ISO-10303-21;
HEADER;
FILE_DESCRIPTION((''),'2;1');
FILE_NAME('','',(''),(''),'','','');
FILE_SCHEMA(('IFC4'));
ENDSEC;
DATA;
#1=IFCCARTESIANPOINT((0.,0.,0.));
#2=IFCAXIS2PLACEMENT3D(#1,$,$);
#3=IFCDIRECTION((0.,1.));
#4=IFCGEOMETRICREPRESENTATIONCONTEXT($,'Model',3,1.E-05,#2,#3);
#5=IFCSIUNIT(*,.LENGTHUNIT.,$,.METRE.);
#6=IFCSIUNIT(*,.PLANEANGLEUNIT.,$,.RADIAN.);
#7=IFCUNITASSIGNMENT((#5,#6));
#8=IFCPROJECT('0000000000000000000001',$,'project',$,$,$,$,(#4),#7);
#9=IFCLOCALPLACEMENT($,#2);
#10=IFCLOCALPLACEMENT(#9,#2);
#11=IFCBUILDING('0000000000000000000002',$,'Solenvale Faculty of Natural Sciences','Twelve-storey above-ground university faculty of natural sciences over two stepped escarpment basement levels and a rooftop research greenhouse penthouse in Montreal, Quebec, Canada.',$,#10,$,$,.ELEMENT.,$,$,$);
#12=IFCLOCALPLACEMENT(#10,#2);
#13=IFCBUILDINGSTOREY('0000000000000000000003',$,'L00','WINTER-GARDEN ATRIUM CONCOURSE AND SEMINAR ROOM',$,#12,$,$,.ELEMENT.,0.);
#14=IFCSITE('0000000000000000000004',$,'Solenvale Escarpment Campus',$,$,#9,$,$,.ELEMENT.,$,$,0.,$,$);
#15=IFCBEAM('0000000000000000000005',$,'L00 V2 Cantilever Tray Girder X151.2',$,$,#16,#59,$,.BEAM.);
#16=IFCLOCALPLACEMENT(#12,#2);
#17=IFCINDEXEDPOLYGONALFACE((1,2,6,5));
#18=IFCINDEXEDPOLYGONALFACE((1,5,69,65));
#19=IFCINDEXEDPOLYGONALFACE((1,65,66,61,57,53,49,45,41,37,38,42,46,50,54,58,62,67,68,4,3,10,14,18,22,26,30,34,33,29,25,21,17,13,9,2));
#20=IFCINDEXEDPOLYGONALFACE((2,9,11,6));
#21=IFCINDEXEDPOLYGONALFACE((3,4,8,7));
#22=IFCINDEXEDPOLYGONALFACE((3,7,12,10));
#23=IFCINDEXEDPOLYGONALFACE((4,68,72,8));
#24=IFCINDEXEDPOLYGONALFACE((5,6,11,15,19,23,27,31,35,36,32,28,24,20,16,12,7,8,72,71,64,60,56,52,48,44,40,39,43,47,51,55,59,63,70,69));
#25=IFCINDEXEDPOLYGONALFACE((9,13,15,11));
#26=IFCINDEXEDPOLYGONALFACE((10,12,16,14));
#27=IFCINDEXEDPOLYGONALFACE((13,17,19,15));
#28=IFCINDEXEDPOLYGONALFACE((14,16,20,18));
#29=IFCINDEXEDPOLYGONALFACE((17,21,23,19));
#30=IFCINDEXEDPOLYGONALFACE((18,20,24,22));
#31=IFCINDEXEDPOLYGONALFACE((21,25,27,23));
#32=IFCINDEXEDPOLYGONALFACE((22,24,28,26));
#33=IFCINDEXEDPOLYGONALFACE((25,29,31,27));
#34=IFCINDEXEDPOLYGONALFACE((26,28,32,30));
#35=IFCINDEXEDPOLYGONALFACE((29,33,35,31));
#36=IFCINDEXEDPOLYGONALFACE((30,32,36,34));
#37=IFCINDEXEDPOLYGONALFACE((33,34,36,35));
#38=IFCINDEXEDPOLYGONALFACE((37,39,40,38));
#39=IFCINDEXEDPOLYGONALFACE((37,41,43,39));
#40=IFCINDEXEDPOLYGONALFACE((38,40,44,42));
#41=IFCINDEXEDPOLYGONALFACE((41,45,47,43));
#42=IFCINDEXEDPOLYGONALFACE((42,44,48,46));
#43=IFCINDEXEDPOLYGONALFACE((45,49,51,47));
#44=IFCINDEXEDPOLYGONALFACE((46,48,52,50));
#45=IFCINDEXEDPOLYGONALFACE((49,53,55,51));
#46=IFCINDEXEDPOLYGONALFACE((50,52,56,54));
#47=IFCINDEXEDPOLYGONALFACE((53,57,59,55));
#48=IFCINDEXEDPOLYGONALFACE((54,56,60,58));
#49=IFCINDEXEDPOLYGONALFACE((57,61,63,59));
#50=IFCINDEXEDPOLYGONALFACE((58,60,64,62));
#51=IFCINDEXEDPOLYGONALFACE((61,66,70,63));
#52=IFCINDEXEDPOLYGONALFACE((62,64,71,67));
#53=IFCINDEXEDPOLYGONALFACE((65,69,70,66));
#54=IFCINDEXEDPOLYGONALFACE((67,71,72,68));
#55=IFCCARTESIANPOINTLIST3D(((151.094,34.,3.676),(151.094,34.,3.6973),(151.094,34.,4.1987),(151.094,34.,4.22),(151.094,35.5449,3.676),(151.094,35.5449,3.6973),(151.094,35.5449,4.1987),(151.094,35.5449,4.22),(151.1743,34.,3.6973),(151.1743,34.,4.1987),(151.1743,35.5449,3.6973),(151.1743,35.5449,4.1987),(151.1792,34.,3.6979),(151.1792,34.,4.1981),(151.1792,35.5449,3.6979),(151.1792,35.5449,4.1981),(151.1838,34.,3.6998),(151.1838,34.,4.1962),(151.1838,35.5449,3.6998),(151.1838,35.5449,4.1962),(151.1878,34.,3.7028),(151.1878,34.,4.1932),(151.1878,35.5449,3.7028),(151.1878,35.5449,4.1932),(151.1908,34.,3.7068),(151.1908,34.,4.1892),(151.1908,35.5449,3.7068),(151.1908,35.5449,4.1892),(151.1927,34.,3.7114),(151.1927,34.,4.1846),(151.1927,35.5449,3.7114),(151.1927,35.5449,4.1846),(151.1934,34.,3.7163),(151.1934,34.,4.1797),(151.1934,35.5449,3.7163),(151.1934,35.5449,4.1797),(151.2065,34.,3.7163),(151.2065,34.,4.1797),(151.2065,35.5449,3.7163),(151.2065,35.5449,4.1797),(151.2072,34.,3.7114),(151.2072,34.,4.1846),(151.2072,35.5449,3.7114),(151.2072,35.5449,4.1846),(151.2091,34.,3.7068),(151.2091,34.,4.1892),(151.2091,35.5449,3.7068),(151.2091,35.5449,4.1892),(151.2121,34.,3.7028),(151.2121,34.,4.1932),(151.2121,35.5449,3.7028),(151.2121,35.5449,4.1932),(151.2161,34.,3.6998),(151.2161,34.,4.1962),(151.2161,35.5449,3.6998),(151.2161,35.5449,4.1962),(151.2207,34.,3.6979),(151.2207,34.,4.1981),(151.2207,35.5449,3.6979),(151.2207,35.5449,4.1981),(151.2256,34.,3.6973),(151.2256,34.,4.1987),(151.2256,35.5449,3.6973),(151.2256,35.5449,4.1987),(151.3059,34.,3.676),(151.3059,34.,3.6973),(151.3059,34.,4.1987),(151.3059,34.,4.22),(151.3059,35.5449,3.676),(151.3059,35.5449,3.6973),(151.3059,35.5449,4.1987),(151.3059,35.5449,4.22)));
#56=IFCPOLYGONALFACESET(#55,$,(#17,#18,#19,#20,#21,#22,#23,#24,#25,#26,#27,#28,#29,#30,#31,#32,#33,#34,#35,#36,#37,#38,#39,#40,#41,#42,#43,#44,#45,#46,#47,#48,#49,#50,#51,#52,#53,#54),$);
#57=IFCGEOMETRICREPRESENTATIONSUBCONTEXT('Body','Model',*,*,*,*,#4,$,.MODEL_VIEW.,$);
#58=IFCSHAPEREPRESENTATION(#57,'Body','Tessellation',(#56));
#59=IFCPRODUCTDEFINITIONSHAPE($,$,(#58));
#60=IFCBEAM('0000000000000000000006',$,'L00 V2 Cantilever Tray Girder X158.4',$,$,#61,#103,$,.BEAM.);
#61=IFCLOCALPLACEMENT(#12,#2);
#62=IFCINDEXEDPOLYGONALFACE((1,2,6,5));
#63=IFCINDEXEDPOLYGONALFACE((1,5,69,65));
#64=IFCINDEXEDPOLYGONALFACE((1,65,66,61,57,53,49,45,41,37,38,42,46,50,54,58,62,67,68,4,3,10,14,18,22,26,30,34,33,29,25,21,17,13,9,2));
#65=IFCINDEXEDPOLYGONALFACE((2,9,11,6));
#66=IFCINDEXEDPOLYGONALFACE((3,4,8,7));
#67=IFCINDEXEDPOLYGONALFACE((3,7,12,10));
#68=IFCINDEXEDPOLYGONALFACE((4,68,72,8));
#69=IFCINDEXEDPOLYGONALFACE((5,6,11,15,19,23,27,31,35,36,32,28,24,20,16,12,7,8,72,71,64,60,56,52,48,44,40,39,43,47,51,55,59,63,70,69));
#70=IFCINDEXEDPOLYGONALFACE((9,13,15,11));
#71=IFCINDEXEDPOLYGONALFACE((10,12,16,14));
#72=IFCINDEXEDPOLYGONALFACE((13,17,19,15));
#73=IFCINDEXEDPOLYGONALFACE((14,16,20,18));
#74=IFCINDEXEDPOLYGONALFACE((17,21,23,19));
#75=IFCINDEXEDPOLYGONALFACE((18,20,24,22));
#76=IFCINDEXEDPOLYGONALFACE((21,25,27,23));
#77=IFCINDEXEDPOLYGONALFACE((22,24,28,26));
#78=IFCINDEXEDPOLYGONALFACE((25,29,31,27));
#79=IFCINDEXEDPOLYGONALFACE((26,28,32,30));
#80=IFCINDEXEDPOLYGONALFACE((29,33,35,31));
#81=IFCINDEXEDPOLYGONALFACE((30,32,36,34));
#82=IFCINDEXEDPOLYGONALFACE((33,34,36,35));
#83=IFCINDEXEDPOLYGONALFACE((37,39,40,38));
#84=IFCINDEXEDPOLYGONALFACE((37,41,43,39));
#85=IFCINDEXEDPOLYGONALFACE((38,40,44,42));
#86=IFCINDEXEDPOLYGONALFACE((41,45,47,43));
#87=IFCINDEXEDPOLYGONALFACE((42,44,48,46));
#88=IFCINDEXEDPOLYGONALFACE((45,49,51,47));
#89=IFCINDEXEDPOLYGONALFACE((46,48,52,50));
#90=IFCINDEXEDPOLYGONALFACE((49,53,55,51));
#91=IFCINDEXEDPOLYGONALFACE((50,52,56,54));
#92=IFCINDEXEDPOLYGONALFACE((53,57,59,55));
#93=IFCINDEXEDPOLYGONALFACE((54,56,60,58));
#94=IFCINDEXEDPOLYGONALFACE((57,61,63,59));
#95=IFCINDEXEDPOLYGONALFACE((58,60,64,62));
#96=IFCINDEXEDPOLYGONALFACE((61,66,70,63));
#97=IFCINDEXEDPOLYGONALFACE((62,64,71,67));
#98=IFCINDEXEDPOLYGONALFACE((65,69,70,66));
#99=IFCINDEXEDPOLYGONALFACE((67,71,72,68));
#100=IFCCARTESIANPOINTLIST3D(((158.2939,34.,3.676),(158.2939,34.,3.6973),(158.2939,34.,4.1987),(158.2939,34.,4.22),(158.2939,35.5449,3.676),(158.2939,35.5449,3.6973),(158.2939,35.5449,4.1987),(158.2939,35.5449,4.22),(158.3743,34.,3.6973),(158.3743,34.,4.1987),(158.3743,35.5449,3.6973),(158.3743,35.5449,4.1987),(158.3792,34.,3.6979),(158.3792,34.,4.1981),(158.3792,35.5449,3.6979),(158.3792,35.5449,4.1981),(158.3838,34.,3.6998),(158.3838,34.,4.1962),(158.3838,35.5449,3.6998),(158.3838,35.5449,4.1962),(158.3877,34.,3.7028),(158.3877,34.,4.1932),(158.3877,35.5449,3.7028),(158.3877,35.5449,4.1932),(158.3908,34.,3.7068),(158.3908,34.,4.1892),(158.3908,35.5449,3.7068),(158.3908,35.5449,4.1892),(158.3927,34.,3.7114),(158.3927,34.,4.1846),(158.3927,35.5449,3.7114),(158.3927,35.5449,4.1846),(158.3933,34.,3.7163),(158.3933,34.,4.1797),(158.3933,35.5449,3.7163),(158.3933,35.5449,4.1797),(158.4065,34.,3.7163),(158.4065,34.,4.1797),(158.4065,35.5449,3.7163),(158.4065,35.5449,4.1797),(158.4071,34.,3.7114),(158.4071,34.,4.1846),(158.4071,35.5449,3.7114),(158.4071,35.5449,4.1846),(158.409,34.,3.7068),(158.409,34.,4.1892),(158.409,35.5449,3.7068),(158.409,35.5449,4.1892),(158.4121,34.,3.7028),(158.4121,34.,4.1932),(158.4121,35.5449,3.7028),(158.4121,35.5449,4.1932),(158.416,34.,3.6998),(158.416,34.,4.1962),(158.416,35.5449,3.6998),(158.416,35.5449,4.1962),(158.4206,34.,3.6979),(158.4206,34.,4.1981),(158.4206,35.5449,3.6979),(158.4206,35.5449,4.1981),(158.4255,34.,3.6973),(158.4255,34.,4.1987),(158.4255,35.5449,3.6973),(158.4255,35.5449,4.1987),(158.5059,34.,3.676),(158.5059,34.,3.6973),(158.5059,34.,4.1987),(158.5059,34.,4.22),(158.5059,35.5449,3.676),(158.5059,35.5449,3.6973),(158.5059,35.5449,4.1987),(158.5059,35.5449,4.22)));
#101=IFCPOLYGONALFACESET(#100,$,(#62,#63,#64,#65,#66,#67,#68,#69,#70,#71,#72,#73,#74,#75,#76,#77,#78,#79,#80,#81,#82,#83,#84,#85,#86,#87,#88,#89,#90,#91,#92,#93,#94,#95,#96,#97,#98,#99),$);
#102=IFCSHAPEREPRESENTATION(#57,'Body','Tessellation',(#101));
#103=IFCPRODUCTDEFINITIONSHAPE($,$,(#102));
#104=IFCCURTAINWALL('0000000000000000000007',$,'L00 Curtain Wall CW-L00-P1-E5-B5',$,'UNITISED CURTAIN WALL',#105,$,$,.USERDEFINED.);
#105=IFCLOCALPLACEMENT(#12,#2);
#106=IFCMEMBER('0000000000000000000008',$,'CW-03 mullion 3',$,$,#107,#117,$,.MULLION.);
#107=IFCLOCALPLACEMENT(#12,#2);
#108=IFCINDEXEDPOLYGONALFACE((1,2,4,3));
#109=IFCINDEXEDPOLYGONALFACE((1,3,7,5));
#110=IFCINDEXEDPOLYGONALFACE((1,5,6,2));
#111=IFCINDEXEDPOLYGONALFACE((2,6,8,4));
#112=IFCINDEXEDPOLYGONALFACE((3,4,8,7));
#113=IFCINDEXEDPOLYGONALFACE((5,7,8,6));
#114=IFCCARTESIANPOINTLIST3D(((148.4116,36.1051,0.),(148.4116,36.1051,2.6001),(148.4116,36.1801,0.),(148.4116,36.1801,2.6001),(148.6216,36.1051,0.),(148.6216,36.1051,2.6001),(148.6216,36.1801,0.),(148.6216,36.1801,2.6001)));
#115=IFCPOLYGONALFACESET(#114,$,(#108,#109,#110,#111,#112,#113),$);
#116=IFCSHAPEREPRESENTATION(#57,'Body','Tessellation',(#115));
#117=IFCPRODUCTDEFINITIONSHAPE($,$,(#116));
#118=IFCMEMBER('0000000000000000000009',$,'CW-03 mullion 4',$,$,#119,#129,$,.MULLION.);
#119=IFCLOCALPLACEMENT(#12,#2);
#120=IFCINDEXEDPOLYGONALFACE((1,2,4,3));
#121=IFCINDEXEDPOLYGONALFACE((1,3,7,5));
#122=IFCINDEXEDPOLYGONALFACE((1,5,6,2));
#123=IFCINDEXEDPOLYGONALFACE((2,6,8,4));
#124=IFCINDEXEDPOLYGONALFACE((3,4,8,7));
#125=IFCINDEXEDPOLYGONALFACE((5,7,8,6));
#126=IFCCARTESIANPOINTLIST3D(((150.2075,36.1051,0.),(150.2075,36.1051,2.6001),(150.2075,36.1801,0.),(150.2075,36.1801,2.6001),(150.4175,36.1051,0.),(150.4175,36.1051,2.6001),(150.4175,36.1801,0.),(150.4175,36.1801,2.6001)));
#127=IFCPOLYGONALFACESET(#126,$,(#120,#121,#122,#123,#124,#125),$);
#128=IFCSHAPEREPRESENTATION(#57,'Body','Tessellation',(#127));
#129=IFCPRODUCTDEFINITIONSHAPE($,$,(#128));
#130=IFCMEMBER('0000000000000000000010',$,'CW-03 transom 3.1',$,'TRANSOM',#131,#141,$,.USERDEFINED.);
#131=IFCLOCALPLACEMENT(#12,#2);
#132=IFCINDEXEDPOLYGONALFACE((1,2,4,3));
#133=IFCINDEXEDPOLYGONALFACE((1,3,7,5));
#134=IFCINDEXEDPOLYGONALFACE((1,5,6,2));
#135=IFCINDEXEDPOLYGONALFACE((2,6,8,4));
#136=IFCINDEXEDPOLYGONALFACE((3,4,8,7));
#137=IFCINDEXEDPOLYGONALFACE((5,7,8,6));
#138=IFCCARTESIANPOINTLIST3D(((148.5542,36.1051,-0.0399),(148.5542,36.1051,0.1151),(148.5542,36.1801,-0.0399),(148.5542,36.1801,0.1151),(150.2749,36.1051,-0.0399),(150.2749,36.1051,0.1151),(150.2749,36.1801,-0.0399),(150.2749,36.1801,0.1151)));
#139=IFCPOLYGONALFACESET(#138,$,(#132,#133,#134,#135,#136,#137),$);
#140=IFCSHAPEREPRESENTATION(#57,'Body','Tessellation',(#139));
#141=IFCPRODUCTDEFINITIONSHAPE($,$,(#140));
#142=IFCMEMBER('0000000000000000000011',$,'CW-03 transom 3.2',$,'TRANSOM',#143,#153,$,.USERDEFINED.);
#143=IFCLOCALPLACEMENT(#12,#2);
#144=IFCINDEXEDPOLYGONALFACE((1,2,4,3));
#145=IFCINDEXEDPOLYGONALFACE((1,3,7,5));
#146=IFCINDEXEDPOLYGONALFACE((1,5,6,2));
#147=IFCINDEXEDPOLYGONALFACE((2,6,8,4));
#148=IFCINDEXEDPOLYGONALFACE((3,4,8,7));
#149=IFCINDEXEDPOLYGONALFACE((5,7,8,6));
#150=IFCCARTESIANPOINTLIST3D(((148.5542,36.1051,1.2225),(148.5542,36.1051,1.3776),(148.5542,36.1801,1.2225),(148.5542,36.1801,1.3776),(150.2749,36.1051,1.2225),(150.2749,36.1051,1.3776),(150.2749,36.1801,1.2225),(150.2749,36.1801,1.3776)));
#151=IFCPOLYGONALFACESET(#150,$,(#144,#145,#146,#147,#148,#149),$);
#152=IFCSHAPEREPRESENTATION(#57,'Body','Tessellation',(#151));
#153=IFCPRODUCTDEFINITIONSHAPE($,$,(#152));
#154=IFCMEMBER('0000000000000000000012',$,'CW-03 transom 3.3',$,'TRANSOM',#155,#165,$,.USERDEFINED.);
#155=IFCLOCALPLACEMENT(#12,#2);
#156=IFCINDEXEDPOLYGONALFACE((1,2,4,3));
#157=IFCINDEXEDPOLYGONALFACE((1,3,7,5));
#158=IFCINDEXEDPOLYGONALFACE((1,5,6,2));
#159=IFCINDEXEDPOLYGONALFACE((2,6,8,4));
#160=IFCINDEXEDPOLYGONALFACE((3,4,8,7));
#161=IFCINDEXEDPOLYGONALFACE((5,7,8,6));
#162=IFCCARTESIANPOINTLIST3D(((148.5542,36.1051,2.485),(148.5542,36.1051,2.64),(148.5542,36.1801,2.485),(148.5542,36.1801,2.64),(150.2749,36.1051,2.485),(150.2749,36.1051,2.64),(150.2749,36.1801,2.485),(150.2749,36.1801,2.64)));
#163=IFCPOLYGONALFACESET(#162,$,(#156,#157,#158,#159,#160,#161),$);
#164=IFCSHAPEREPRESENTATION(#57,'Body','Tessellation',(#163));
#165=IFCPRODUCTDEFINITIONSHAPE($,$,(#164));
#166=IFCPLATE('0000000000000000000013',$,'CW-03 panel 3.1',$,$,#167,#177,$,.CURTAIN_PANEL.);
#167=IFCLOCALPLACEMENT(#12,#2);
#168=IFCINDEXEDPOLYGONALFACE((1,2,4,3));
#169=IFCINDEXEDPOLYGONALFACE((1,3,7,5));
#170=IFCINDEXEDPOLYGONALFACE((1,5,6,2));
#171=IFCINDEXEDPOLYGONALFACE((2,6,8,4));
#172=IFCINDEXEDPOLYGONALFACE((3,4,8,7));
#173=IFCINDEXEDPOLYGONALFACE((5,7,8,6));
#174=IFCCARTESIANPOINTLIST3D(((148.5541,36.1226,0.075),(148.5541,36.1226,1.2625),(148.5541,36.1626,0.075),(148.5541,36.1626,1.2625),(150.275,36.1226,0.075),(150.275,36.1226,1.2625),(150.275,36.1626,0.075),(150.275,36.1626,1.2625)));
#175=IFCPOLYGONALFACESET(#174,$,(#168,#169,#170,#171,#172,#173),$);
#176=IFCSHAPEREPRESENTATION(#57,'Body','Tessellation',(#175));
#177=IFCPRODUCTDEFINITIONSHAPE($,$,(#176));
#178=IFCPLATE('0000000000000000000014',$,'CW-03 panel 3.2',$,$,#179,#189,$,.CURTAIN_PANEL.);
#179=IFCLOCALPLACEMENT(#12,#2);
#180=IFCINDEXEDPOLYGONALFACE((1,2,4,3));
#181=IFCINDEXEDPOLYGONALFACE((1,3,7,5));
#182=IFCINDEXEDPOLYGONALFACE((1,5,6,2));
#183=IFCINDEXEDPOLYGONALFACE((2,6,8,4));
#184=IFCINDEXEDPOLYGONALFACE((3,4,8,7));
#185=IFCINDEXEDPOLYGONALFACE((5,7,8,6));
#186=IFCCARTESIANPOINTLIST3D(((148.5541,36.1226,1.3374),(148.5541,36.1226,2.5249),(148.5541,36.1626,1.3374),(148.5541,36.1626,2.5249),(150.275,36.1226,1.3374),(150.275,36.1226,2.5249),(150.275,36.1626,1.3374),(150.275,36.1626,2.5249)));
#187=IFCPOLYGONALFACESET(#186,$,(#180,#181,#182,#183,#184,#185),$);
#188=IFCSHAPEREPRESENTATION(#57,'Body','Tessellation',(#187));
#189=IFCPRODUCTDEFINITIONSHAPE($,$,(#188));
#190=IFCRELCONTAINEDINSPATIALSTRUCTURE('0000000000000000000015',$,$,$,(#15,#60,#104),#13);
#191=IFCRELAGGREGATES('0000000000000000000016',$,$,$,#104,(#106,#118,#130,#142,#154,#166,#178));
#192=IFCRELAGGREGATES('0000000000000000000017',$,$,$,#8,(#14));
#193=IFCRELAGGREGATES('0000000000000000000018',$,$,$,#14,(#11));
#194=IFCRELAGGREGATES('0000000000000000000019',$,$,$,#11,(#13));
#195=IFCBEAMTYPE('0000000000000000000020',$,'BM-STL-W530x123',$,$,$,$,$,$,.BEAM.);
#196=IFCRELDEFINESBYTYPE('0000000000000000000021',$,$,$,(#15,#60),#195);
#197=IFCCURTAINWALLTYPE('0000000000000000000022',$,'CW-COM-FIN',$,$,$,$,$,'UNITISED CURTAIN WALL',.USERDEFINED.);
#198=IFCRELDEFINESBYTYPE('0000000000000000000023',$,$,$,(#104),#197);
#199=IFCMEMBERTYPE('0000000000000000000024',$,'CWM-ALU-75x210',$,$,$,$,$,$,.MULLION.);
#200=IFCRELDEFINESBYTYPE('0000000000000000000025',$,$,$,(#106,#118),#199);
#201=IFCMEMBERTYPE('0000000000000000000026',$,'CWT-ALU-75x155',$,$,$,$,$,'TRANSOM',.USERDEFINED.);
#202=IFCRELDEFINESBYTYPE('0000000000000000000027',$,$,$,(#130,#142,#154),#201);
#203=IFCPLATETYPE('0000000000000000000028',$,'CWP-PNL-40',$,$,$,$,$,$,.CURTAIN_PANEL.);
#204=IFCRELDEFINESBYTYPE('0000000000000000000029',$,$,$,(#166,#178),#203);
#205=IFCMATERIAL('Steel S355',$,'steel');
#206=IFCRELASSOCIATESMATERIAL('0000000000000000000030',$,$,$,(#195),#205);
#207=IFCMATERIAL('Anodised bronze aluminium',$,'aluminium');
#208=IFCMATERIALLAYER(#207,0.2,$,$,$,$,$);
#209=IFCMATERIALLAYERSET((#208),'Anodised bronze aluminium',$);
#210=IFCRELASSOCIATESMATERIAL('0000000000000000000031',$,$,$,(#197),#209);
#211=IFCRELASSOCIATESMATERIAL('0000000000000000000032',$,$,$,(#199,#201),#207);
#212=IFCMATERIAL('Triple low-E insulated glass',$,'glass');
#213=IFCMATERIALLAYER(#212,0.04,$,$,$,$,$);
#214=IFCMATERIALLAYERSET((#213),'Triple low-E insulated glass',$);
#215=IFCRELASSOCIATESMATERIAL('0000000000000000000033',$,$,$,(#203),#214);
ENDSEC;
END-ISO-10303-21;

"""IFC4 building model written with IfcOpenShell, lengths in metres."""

from ifc_helpers import new_model, si_unit, direction, frame, origin, origin_2d, place, context, subcontext, project, spatial, rectangle, i_section, extrude, material, layer, layer_set, material_profile, profile_set, type_object, element, aggregate, save


model = new_model("IFC4")

# Units and contexts
model_context = context("Model", 3, precision=1e-05, world=origin(), true_north=direction((0.0, 1.0)))
body_context = subcontext(model_context, "Body", "Model", "MODEL_VIEW")
ifc_project = project(units=[si_unit("LENGTHUNIT", "METRE"), si_unit("PLANEANGLEUNIT", "RADIAN")], contexts=[model_context])

# Site, building, storey
site_placement = place(None, origin())
site = spatial("IfcSite", under=ifc_project, at=site_placement, Name="Solenvale Escarpment Campus", CompositionType="ELEMENT", RefElevation=0.0)
building_placement = place(site_placement, origin())
building = spatial("IfcBuilding", under=site, at=building_placement, Name="Solenvale Faculty of Natural Sciences", Description="Twelve-storey above-ground university faculty of natural sciences over two stepped escarpment basement levels and a rooftop research greenhouse penthouse in Montreal, Quebec, Canada.", CompositionType="ELEMENT")
storey_placement = place(building_placement, origin())
storey = spatial("IfcBuildingStorey", under=building, at=storey_placement, Name="L00", Description="WINTER-GARDEN ATRIUM CONCOURSE AND SEMINAR ROOM", CompositionType="ELEMENT", Elevation=0.0)

# Beams
ifc_material_1 = material(Name="Steel S355", Category="steel")
ifc_material_profile_1 = material_profile(ifc_material_1, i_section(OverallWidth=0.2119, OverallDepth=0.5439, WebThickness=0.0132, FlangeThickness=0.0212, FilletRadius=0.019, at=origin_2d()), Name="W530x123")
ifc_profile_set_1 = profile_set([ifc_material_profile_1], Name="Steel S355")
beam_type_1 = type_object("IfcBeamType", Name="BM-STL-W530x123", PredefinedType="BEAM", material=ifc_profile_set_1)
for number, where, z_axis, x_axis, name in (
    (1, (151.2, 35.5449, 3.948), (0.0, -1.0, 0.0), (1.0, 0.0, 0.0), "L00 V2 Cantilever Tray Girder X151.2"),
    (2, (158.3999, 35.5449, 3.948), (0.0, -1.0, 0.0), (1.0, 0.0, 0.0), "L00 V2 Cantilever Tray Girder X158.4"),
):
    element("IfcBeam", number, at=place(storey_placement, frame(where, z_axis=z_axis, x_axis=x_axis)), inside=storey, type_object=beam_type_1, Name=name, PredefinedType="BEAM", context=body_context, shape_type="SweptSolid", body=[
        extrude(i_section(OverallWidth=0.2119, OverallDepth=0.5439, WebThickness=0.0132, FlangeThickness=0.0212, FilletRadius=0.019, at=origin_2d()), origin(), (0.0, 0.0, 1.0), 1.5449),
    ])

# Curtain wall, members, plates
ifc_material_2 = material(Name="Anodised bronze aluminium", Category="aluminium")
ifc_layer_1 = layer(ifc_material_2, 0.2)
ifc_layer_set_1 = layer_set([ifc_layer_1], Name="Anodised bronze aluminium")
curtain_wall_type = type_object("IfcCurtainWallType", Name="CW-COM-FIN", ElementType="UNITISED CURTAIN WALL", PredefinedType="USERDEFINED", material=ifc_layer_set_1)
curtain_wall_placement = place(storey_placement, origin())
curtain_wall = element("IfcCurtainWall", 3, at=curtain_wall_placement, inside=storey, type_object=curtain_wall_type, Name="L00 Curtain Wall CW-L00-P1-E5-B5", ObjectType="UNITISED CURTAIN WALL", PredefinedType="USERDEFINED")
ifc_material_profile_2 = material_profile(ifc_material_2, rectangle(XDim=0.075, YDim=0.21, at=origin_2d()), Name="ALU-MUL-75x210")
ifc_profile_set_2 = profile_set([ifc_material_profile_2], Name="Anodised bronze aluminium")
member_type_1 = type_object("IfcMemberType", Name="CWM-ALU-75x210", PredefinedType="MULLION", material=ifc_profile_set_2)
member_1_placement = place(storey_placement, frame((148.5166, 36.1426, 0.0), z_axis=(0.0, 0.0, 1.0), x_axis=(0.0, 1.0, 0.0)))
member_1 = element("IfcMember", 4, at=member_1_placement, type_object=member_type_1, Name="CW-03 mullion 3", PredefinedType="MULLION", context=body_context, shape_type="SweptSolid", body=[
    extrude(rectangle(XDim=0.075, YDim=0.21, at=origin_2d()), origin(), (0.0, 0.0, 1.0), 2.6001),
])
member_2_placement = place(storey_placement, frame((150.3125, 36.1426, 0.0), z_axis=(0.0, 0.0, 1.0), x_axis=(0.0, 1.0, 0.0)))
member_2 = element("IfcMember", 5, at=member_2_placement, type_object=member_type_1, Name="CW-03 mullion 4", PredefinedType="MULLION", context=body_context, shape_type="SweptSolid", body=[
    extrude(rectangle(XDim=0.075, YDim=0.21, at=origin_2d()), origin(), (0.0, 0.0, 1.0), 2.6001),
])
ifc_material_profile_3 = material_profile(ifc_material_2, rectangle(XDim=0.075, YDim=0.155, at=origin_2d()), Name="ALU-TRN-75x155")
ifc_profile_set_3 = profile_set([ifc_material_profile_3], Name="Anodised bronze aluminium")
member_type_2 = type_object("IfcMemberType", Name="CWT-ALU-75x155", ElementType="TRANSOM", PredefinedType="USERDEFINED", material=ifc_profile_set_3)
member_3_placement = place(storey_placement, frame((148.5542, 36.1426, 0.0376), z_axis=(1.0, 0.0, 0.0), x_axis=(0.0, 1.0, 0.0)))
member_3 = element("IfcMember", 6, at=member_3_placement, type_object=member_type_2, Name="CW-03 transom 3.1", ObjectType="TRANSOM", PredefinedType="USERDEFINED", context=body_context, shape_type="SweptSolid", body=[
    extrude(rectangle(XDim=0.075, YDim=0.155, at=origin_2d()), origin(), (0.0, 0.0, 1.0), 1.7207),
])
member_4_placement = place(storey_placement, frame((148.5542, 36.1426, 1.3), z_axis=(1.0, 0.0, 0.0), x_axis=(0.0, 1.0, 0.0)))
member_4 = element("IfcMember", 7, at=member_4_placement, type_object=member_type_2, Name="CW-03 transom 3.2", ObjectType="TRANSOM", PredefinedType="USERDEFINED", context=body_context, shape_type="SweptSolid", body=[
    extrude(rectangle(XDim=0.075, YDim=0.155, at=origin_2d()), origin(), (0.0, 0.0, 1.0), 1.7207),
])
member_5_placement = place(storey_placement, frame((148.5542, 36.1426, 2.5625), z_axis=(1.0, 0.0, 0.0), x_axis=(0.0, 1.0, 0.0)))
member_5 = element("IfcMember", 8, at=member_5_placement, type_object=member_type_2, Name="CW-03 transom 3.3", ObjectType="TRANSOM", PredefinedType="USERDEFINED", context=body_context, shape_type="SweptSolid", body=[
    extrude(rectangle(XDim=0.075, YDim=0.155, at=origin_2d()), origin(), (0.0, 0.0, 1.0), 1.7207),
])
ifc_material_3 = material(Name="Triple low-E insulated glass", Category="glass")
ifc_layer_2 = layer(ifc_material_3, 0.04)
ifc_layer_set_2 = layer_set([ifc_layer_2], Name="Triple low-E insulated glass")
plate_type = type_object("IfcPlateType", Name="CWP-PNL-40", PredefinedType="CURTAIN_PANEL", material=ifc_layer_set_2)
plate_1_placement = place(storey_placement, frame((149.4146, 36.1426, 0.075), z_axis=(0.0, 0.0, 1.0), x_axis=(1.0, 0.0, 0.0)))
plate_1 = element("IfcPlate", 9, at=plate_1_placement, type_object=plate_type, Name="CW-03 panel 3.1", PredefinedType="CURTAIN_PANEL", context=body_context, shape_type="SweptSolid", body=[
    extrude(rectangle(XDim=1.7209, YDim=0.04, at=origin_2d()), origin(), (0.0, 0.0, 1.0), 1.1875),
])
plate_2_placement = place(storey_placement, frame((149.4146, 36.1426, 1.3374), z_axis=(0.0, 0.0, 1.0), x_axis=(1.0, 0.0, 0.0)))
plate_2 = element("IfcPlate", 10, at=plate_2_placement, type_object=plate_type, Name="CW-03 panel 3.2", PredefinedType="CURTAIN_PANEL", context=body_context, shape_type="SweptSolid", body=[
    extrude(rectangle(XDim=1.7209, YDim=0.04, at=origin_2d()), origin(), (0.0, 0.0, 1.0), 1.1875),
])
aggregate(curtain_wall, [member_1, member_2, member_3, member_4, member_5, plate_1, plate_2])

save(model, "model.ifc")
